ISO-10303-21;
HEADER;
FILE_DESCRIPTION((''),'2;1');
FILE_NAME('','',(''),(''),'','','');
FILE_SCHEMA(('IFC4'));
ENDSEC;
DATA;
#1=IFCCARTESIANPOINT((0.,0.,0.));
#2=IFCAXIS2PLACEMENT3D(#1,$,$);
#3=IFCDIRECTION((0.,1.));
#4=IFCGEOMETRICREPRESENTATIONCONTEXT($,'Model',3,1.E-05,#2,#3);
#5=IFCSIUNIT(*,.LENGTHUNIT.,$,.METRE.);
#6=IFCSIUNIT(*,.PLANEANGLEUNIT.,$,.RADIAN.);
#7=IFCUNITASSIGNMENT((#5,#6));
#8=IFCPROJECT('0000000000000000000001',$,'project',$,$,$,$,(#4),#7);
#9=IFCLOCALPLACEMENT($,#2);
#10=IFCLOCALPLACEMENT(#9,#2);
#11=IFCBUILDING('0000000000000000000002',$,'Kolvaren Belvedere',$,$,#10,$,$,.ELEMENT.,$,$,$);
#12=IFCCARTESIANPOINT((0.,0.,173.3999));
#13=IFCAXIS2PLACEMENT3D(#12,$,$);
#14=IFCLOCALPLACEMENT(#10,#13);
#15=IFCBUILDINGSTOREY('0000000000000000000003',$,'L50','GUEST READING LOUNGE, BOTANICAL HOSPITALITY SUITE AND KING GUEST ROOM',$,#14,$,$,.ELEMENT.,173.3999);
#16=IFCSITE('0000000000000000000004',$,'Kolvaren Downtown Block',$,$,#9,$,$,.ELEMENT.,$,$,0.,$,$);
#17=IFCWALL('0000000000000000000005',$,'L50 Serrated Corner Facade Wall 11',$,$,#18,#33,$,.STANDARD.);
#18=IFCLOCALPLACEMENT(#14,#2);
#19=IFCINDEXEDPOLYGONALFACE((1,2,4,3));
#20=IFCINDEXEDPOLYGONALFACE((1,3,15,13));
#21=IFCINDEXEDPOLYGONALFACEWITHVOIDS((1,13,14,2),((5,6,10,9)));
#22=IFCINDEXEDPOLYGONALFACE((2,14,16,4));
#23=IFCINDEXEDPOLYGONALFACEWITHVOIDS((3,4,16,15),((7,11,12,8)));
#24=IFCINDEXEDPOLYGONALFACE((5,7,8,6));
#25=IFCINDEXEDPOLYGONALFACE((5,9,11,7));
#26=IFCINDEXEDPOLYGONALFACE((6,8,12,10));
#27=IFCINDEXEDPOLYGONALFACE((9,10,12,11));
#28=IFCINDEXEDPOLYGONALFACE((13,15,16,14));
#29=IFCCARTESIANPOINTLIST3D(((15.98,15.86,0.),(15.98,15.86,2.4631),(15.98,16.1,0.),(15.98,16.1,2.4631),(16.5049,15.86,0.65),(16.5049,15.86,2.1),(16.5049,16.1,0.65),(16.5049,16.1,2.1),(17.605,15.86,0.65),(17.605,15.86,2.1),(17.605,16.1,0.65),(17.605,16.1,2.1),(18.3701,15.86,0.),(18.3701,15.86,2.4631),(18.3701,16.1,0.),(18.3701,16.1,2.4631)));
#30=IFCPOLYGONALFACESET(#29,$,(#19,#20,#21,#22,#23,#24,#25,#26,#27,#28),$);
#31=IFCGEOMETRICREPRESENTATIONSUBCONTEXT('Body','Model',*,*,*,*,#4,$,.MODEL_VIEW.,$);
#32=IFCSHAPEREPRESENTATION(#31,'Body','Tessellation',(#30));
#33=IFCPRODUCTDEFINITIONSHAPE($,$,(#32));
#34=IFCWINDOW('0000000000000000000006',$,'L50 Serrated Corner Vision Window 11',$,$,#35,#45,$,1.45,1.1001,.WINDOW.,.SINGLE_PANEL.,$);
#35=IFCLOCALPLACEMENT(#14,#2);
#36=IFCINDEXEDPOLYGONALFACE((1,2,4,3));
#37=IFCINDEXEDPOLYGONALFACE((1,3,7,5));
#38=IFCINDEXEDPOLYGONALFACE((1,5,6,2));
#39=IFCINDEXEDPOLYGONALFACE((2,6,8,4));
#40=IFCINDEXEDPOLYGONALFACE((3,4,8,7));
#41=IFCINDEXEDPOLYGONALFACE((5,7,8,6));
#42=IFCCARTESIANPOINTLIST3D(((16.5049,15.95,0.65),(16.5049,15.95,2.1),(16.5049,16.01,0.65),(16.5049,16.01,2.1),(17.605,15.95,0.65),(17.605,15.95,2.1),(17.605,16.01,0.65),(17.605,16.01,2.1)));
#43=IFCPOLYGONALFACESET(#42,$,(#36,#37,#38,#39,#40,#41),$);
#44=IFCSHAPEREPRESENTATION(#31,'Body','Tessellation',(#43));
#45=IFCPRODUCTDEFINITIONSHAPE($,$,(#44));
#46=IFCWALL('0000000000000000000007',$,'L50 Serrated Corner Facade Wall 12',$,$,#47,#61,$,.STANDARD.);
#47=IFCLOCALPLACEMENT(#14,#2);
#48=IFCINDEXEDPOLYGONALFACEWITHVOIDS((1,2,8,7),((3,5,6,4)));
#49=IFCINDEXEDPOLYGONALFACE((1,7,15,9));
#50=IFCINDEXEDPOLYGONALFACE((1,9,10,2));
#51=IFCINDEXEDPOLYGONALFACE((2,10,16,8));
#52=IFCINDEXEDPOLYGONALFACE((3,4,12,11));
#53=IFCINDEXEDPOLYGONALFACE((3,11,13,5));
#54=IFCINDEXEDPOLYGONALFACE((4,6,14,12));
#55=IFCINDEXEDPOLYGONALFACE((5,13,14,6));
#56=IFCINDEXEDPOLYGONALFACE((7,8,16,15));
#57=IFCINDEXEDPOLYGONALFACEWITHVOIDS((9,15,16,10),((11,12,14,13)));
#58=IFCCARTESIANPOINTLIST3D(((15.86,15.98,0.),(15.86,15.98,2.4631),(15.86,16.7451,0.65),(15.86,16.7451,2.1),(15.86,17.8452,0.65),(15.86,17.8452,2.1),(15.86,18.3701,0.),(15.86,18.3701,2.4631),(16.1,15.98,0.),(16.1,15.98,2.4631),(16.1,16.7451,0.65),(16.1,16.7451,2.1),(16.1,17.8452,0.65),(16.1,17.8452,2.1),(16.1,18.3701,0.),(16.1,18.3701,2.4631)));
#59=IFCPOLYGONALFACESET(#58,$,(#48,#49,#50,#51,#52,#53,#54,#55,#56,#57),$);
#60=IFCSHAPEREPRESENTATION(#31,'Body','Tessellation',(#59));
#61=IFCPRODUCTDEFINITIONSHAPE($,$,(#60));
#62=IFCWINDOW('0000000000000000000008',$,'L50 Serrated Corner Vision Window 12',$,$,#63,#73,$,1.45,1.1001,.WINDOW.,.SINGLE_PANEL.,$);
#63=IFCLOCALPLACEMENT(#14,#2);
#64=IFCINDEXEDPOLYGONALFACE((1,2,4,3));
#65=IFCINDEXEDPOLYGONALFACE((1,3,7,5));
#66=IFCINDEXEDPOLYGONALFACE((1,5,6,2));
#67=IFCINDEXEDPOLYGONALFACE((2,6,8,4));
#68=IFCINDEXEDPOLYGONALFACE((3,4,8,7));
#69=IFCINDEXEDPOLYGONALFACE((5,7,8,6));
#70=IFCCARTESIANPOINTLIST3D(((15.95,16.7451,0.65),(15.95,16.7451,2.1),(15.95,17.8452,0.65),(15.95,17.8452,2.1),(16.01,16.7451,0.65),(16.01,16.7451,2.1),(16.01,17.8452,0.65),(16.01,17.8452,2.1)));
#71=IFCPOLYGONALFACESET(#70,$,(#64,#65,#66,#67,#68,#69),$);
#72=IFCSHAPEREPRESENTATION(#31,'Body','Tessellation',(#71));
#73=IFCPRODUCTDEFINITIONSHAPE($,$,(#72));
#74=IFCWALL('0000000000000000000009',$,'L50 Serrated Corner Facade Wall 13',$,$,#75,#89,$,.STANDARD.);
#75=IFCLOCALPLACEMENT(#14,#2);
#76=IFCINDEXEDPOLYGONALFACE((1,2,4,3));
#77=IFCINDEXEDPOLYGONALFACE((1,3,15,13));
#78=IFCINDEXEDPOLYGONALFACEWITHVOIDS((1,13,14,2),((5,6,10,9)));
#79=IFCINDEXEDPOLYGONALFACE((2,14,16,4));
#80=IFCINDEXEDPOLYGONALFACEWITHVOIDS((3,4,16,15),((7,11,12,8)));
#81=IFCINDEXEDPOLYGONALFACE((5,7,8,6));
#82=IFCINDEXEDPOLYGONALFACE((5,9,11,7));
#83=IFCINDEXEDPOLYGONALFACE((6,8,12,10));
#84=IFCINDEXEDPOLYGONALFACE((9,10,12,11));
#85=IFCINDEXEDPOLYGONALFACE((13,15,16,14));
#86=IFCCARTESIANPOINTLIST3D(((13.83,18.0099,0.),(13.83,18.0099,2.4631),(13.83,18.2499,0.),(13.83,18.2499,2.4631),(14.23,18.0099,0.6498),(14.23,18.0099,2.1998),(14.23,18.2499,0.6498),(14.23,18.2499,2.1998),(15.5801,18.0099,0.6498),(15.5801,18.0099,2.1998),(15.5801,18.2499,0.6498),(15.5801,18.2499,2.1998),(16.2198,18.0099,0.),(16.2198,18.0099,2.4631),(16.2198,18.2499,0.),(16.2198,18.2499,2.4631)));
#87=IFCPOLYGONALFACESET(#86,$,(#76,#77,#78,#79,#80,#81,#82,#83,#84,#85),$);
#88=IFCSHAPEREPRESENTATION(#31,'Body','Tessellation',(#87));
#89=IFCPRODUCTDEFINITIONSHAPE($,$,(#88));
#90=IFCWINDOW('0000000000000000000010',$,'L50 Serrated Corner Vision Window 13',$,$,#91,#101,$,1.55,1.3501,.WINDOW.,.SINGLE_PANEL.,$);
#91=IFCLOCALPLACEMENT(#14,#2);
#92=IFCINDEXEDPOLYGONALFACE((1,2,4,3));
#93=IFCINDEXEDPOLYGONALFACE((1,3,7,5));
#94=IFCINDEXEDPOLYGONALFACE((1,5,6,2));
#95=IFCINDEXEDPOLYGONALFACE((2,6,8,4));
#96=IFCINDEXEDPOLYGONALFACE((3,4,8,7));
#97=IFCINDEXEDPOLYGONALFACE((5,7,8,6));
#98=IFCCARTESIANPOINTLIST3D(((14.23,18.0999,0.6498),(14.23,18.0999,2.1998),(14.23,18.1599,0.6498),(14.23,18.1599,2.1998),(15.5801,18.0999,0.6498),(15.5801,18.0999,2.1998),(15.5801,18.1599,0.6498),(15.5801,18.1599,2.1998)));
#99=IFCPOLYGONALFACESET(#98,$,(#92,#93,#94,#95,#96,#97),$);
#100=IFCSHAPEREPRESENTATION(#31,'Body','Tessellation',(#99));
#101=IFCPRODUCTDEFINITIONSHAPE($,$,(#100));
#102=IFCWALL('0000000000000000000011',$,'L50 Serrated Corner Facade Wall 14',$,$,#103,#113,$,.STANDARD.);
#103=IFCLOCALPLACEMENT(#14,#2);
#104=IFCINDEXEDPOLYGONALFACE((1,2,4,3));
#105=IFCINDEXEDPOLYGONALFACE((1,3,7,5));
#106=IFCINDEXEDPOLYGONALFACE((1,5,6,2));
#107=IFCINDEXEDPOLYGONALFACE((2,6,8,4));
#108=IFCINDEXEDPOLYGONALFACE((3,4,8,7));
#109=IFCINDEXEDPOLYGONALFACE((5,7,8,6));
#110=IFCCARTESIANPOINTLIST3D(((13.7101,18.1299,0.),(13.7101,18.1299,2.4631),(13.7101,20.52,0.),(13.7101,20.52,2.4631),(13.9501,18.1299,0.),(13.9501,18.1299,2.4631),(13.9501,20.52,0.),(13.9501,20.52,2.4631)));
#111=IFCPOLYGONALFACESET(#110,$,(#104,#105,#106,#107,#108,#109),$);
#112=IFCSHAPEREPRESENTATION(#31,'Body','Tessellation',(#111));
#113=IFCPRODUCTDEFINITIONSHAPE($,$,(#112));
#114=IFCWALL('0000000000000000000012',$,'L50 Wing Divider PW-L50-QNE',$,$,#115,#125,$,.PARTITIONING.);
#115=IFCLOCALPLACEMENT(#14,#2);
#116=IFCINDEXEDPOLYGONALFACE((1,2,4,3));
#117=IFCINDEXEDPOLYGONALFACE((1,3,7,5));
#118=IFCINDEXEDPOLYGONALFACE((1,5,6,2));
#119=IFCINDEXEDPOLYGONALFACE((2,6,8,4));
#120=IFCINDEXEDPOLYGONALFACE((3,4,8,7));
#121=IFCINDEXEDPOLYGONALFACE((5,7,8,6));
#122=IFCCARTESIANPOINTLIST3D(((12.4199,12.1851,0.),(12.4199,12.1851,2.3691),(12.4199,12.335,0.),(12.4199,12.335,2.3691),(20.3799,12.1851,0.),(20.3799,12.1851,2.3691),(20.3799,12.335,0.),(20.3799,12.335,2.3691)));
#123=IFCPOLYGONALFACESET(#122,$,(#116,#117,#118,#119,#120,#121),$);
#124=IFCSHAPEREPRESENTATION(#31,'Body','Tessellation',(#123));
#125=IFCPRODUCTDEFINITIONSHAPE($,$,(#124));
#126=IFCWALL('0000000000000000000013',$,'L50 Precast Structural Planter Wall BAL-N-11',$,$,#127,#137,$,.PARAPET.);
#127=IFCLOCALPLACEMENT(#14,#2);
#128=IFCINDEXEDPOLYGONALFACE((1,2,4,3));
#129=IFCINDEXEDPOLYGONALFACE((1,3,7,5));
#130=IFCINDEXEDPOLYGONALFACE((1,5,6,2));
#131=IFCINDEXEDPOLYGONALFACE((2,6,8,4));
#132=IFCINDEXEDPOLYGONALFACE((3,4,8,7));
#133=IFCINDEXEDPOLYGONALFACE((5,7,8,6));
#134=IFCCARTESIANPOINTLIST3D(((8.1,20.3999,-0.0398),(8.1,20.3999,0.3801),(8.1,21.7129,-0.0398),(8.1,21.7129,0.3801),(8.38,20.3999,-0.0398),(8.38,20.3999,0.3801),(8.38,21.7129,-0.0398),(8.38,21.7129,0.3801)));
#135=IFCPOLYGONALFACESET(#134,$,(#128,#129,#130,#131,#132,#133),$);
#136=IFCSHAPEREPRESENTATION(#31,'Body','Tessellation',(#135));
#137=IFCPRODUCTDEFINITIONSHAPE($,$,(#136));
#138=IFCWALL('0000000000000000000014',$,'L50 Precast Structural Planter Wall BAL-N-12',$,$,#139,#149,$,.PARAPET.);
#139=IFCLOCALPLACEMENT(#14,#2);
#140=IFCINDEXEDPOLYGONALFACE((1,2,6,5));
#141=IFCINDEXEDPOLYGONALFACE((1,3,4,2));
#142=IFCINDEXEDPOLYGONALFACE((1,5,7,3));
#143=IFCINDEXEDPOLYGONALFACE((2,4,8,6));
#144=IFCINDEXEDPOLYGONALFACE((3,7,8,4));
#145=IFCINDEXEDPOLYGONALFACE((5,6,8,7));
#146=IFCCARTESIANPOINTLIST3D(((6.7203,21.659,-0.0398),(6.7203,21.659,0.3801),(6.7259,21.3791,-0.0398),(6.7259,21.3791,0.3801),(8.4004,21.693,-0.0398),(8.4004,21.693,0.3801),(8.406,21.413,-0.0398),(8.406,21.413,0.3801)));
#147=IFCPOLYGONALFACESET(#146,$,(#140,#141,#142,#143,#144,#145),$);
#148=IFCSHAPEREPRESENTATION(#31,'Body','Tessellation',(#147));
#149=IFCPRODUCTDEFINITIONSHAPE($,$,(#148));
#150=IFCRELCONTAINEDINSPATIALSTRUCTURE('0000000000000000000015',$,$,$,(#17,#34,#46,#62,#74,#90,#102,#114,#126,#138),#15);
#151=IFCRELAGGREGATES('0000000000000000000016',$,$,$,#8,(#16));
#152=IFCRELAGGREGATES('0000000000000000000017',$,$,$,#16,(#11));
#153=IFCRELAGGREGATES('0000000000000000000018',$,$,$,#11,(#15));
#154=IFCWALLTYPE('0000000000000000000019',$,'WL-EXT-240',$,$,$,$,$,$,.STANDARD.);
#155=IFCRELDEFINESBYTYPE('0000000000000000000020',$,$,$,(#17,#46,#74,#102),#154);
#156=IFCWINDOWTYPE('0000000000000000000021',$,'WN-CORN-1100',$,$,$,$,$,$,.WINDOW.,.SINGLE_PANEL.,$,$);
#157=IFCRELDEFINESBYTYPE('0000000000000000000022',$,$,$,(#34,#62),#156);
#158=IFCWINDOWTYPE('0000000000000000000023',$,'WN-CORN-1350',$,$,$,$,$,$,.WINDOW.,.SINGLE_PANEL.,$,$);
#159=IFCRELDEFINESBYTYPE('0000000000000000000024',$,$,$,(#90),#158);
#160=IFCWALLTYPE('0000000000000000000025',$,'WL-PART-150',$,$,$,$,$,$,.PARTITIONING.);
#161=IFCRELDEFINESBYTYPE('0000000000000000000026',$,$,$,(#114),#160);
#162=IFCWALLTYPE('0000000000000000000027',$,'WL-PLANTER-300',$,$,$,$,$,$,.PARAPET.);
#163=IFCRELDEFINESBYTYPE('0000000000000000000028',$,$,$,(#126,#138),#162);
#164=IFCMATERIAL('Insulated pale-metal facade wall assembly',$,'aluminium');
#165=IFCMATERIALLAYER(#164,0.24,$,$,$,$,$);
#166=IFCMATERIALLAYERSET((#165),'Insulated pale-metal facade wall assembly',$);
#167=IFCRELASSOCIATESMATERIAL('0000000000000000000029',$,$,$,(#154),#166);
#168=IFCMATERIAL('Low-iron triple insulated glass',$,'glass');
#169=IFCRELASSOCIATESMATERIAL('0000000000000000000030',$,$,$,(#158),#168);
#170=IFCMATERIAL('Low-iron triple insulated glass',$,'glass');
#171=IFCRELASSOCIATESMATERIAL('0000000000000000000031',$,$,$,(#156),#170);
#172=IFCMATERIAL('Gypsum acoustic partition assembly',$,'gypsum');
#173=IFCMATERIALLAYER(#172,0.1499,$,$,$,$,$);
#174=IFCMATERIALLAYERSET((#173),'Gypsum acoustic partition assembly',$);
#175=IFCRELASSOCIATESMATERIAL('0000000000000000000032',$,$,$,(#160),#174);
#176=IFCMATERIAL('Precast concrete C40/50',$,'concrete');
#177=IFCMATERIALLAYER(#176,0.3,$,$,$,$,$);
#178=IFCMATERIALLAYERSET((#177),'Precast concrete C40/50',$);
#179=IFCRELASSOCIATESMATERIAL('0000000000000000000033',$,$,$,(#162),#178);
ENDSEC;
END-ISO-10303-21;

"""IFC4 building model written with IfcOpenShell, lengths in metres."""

from ifc_helpers import new_model, si_unit, direction, frame, frame_2d, origin, place, context, subcontext, project, spatial, rectangle, extrude, material, layer, layer_set, type_object, element, fill, save


model = new_model("IFC4")

# Units and contexts
model_context = context("Model", 3, precision=1e-05, world=origin(), true_north=direction((0.0, 1.0)))
body_context = subcontext(model_context, "Body", "Model", "MODEL_VIEW")
ifc_project = project(units=[si_unit("LENGTHUNIT", "METRE"), si_unit("PLANEANGLEUNIT", "RADIAN")], contexts=[model_context])

# Site, building, storey
site_placement = place(None, origin())
site = spatial("IfcSite", under=ifc_project, at=site_placement, Name="Kolvaren Downtown Block", CompositionType="ELEMENT", RefElevation=0.0)
building_placement = place(site_placement, origin())
building = spatial("IfcBuilding", under=site, at=building_placement, Name="Kolvaren Belvedere", CompositionType="ELEMENT")
storey_placement = place(building_placement, frame((0.0, 0.0, 173.3999)))
storey = spatial("IfcBuildingStorey", under=building, at=storey_placement, Name="L50", Description="GUEST READING LOUNGE, BOTANICAL HOSPITALITY SUITE AND KING GUEST ROOM", CompositionType="ELEMENT", Elevation=173.3999)

# Shared definitions
ifc_material_1 = material(Name="Insulated pale-metal facade wall assembly", Category="aluminium")
ifc_layer_1 = layer(ifc_material_1, 0.24)
ifc_layer_set_1 = layer_set([ifc_layer_1], Name="Insulated pale-metal facade wall assembly")
wall_type_1 = type_object("IfcWallType", Name="WL-EXT-240", PredefinedType="STANDARD", material=ifc_layer_set_1)

# Walls, openings, windows
ifc_material_2 = material(Name="Low-iron triple insulated glass", Category="glass")
window_type_1 = type_object("IfcWindowType", Name="WN-CORN-1350", PartitioningType="SINGLE_PANEL", PredefinedType="WINDOW", material=ifc_material_2)
wall_1_placement = place(storey_placement, frame((15.98, 15.98, 0.0), z_axis=(0.0, 0.0, 1.0), x_axis=(1.0, 0.0, 0.0)))
wall_1 = element("IfcWall", 1, at=wall_1_placement, inside=storey, type_object=wall_type_1, Name="L50 Serrated Corner Facade Wall 11", PredefinedType="STANDARD", context=body_context, shape_type="SweptSolid", body=[
    extrude(rectangle(XDim=2.3901, YDim=0.24, at=frame_2d((1.1951, 0.0))), origin(), (0.0, 0.0, 1.0), 2.4631),
])
opening_1_placement = place(wall_1_placement, frame((0.5249, 0.0, 0.6499)))
opening_1 = element("IfcOpeningElement", 2, at=opening_1_placement, cuts=wall_1, PredefinedType="OPENING", context=body_context, shape_type="SweptSolid", body=[
    extrude(rectangle(XDim=1.1001, YDim=1.45, at=frame_2d((0.55, 0.7251))), frame((0.0, 0.1299, 0.0), z_axis=(0.0, -1.0, 0.0), x_axis=(1.0, 0.0, 0.0)), (0.0, 0.0, 1.0), 0.26),
])
ifc_material_3 = material(Name="Low-iron triple insulated glass", Category="glass")
window_type_2 = type_object("IfcWindowType", Name="WN-CORN-1100", PartitioningType="SINGLE_PANEL", PredefinedType="WINDOW", material=ifc_material_3)
window_1_placement = place(opening_1_placement, origin())
window_1 = element("IfcWindow", 3, at=window_1_placement, inside=storey, type_object=window_type_2, Name="L50 Serrated Corner Vision Window 11", OverallHeight=1.45, OverallWidth=1.1001, PartitioningType="SINGLE_PANEL", PredefinedType="WINDOW", context=body_context, shape_type="SweptSolid", body=[
    extrude(rectangle(XDim=1.1001, YDim=1.45, at=frame_2d((0.55, 0.7251))), frame((0.0, 0.03, 0.0), z_axis=(0.0, -1.0, 0.0), x_axis=(1.0, 0.0, 0.0)), (0.0, 0.0, 1.0), 0.0601),
])
fill(opening_1, window_1)
wall_2_placement = place(storey_placement, frame((15.98, 18.3701, 0.0), z_axis=(0.0, 0.0, 1.0), x_axis=(0.0, -1.0, 0.0)))
wall_2 = element("IfcWall", 4, at=wall_2_placement, inside=storey, type_object=wall_type_1, Name="L50 Serrated Corner Facade Wall 12", PredefinedType="STANDARD", context=body_context, shape_type="SweptSolid", body=[
    extrude(rectangle(XDim=2.3901, YDim=0.24, at=frame_2d((1.1951, 0.0))), origin(), (0.0, 0.0, 1.0), 2.4631),
])
opening_2_placement = place(wall_2_placement, frame((0.5249, 0.0, 0.6499)))
opening_2 = element("IfcOpeningElement", 5, at=opening_2_placement, cuts=wall_2, PredefinedType="OPENING", context=body_context, shape_type="SweptSolid", body=[
    extrude(rectangle(XDim=1.1001, YDim=1.45, at=frame_2d((0.55, 0.7251))), frame((0.0, 0.1299, 0.0), z_axis=(0.0, -1.0, 0.0), x_axis=(1.0, 0.0, 0.0)), (0.0, 0.0, 1.0), 0.26),
])
window_2_placement = place(opening_2_placement, origin())
window_2 = element("IfcWindow", 6, at=window_2_placement, inside=storey, type_object=window_type_2, Name="L50 Serrated Corner Vision Window 12", OverallHeight=1.45, OverallWidth=1.1001, PartitioningType="SINGLE_PANEL", PredefinedType="WINDOW", context=body_context, shape_type="SweptSolid", body=[
    extrude(rectangle(XDim=1.1001, YDim=1.45, at=frame_2d((0.55, 0.7251))), frame((0.0, 0.03, 0.0), z_axis=(0.0, -1.0, 0.0), x_axis=(1.0, 0.0, 0.0)), (0.0, 0.0, 1.0), 0.0601),
])
fill(opening_2, window_2)
wall_3_placement = place(storey_placement, frame((13.8301, 18.1299, 0.0), z_axis=(0.0, 0.0, 1.0), x_axis=(1.0, 0.0, 0.0)))
wall_3 = element("IfcWall", 7, at=wall_3_placement, inside=storey, type_object=wall_type_1, Name="L50 Serrated Corner Facade Wall 13", PredefinedType="STANDARD", context=body_context, shape_type="SweptSolid", body=[
    extrude(rectangle(XDim=2.3899, YDim=0.24, at=frame_2d((1.1948, 0.0))), origin(), (0.0, 0.0, 1.0), 2.4631),
])
opening_3_placement = place(wall_3_placement, frame((0.3999, 0.0, 0.6499)))
opening_3 = element("IfcOpeningElement", 8, at=opening_3_placement, cuts=wall_3, PredefinedType="OPENING", context=body_context, shape_type="SweptSolid", body=[
    extrude(rectangle(XDim=1.3501, YDim=1.55, at=frame_2d((0.675, 0.7749))), frame((0.0, 0.1299, 0.0), z_axis=(0.0, -1.0, 0.0), x_axis=(1.0, 0.0, 0.0)), (0.0, 0.0, 1.0), 0.26),
])
window_3_placement = place(opening_3_placement, origin())
window_3 = element("IfcWindow", 9, at=window_3_placement, inside=storey, type_object=window_type_1, Name="L50 Serrated Corner Vision Window 13", OverallHeight=1.55, OverallWidth=1.3501, PartitioningType="SINGLE_PANEL", PredefinedType="WINDOW", context=body_context, shape_type="SweptSolid", body=[
    extrude(rectangle(XDim=1.3501, YDim=1.55, at=frame_2d((0.675, 0.7749))), frame((0.0, 0.03, 0.0), z_axis=(0.0, -1.0, 0.0), x_axis=(1.0, 0.0, 0.0)), (0.0, 0.0, 1.0), 0.0601),
])
fill(opening_3, window_3)

# Walls
wall_4_placement = place(storey_placement, frame((13.8301, 20.52, 0.0), z_axis=(0.0, 0.0, 1.0), x_axis=(0.0, -1.0, 0.0)))
element("IfcWall", 10, at=wall_4_placement, inside=storey, type_object=wall_type_1, Name="L50 Serrated Corner Facade Wall 14", PredefinedType="STANDARD", context=body_context, shape_type="SweptSolid", body=[
    extrude(rectangle(XDim=2.3901, YDim=0.24, at=frame_2d((1.1951, 0.0))), origin(), (0.0, 0.0, 1.0), 2.4631),
])
ifc_material_4 = material(Name="Gypsum acoustic partition assembly", Category="gypsum")
ifc_layer_2 = layer(ifc_material_4, 0.1499)
ifc_layer_set_2 = layer_set([ifc_layer_2], Name="Gypsum acoustic partition assembly")
wall_type_2 = type_object("IfcWallType", Name="WL-PART-150", PredefinedType="PARTITIONING", material=ifc_layer_set_2)
wall_5_placement = place(storey_placement, frame((12.4199, 12.26, 0.0), z_axis=(0.0, 0.0, 1.0), x_axis=(1.0, 0.0, 0.0)))
element("IfcWall", 11, at=wall_5_placement, inside=storey, type_object=wall_type_2, Name="L50 Wing Divider PW-L50-QNE", PredefinedType="PARTITIONING", context=body_context, shape_type="SweptSolid", body=[
    extrude(rectangle(XDim=7.96, YDim=0.1499, at=frame_2d((3.98, 0.0))), origin(), (0.0, 0.0, 1.0), 2.3691),
])
ifc_material_5 = material(Name="Precast concrete C40/50", Category="concrete")
ifc_layer_3 = layer(ifc_material_5, 0.3)
ifc_layer_set_3 = layer_set([ifc_layer_3], Name="Precast concrete C40/50")
wall_type_3 = type_object("IfcWallType", Name="WL-PLANTER-300", PredefinedType="PARAPET", material=ifc_layer_set_3)
wall_6_placement = place(storey_placement, frame((8.24, 20.3999, -0.0398), z_axis=(0.0, 0.0, 1.0), x_axis=(0.0, 1.0, 0.0)))
element("IfcWall", 12, at=wall_6_placement, inside=storey, type_object=wall_type_3, Name="L50 Precast Structural Planter Wall BAL-N-11", PredefinedType="PARAPET", context=body_context, shape_type="SweptSolid", body=[
    extrude(rectangle(XDim=1.313, YDim=0.28, at=frame_2d((0.6565, 0.0))), origin(), (0.0, 0.0, 1.0), 0.4199),
])
wall_7_placement = place(storey_placement, frame((8.4033, 21.553, -0.0398), z_axis=(0.0, 0.0, 1.0), x_axis=(-0.999796, -0.020193, 0.0)))
element("IfcWall", 13, at=wall_7_placement, inside=storey, type_object=wall_type_3, Name="L50 Precast Structural Planter Wall BAL-N-12", PredefinedType="PARAPET", context=body_context, shape_type="SweptSolid", body=[
    extrude(rectangle(XDim=1.6804, YDim=0.28, at=frame_2d((0.8403, 0.0))), origin(), (0.0, 0.0, 1.0), 0.4199),
])

save(model, "model.ifc")
